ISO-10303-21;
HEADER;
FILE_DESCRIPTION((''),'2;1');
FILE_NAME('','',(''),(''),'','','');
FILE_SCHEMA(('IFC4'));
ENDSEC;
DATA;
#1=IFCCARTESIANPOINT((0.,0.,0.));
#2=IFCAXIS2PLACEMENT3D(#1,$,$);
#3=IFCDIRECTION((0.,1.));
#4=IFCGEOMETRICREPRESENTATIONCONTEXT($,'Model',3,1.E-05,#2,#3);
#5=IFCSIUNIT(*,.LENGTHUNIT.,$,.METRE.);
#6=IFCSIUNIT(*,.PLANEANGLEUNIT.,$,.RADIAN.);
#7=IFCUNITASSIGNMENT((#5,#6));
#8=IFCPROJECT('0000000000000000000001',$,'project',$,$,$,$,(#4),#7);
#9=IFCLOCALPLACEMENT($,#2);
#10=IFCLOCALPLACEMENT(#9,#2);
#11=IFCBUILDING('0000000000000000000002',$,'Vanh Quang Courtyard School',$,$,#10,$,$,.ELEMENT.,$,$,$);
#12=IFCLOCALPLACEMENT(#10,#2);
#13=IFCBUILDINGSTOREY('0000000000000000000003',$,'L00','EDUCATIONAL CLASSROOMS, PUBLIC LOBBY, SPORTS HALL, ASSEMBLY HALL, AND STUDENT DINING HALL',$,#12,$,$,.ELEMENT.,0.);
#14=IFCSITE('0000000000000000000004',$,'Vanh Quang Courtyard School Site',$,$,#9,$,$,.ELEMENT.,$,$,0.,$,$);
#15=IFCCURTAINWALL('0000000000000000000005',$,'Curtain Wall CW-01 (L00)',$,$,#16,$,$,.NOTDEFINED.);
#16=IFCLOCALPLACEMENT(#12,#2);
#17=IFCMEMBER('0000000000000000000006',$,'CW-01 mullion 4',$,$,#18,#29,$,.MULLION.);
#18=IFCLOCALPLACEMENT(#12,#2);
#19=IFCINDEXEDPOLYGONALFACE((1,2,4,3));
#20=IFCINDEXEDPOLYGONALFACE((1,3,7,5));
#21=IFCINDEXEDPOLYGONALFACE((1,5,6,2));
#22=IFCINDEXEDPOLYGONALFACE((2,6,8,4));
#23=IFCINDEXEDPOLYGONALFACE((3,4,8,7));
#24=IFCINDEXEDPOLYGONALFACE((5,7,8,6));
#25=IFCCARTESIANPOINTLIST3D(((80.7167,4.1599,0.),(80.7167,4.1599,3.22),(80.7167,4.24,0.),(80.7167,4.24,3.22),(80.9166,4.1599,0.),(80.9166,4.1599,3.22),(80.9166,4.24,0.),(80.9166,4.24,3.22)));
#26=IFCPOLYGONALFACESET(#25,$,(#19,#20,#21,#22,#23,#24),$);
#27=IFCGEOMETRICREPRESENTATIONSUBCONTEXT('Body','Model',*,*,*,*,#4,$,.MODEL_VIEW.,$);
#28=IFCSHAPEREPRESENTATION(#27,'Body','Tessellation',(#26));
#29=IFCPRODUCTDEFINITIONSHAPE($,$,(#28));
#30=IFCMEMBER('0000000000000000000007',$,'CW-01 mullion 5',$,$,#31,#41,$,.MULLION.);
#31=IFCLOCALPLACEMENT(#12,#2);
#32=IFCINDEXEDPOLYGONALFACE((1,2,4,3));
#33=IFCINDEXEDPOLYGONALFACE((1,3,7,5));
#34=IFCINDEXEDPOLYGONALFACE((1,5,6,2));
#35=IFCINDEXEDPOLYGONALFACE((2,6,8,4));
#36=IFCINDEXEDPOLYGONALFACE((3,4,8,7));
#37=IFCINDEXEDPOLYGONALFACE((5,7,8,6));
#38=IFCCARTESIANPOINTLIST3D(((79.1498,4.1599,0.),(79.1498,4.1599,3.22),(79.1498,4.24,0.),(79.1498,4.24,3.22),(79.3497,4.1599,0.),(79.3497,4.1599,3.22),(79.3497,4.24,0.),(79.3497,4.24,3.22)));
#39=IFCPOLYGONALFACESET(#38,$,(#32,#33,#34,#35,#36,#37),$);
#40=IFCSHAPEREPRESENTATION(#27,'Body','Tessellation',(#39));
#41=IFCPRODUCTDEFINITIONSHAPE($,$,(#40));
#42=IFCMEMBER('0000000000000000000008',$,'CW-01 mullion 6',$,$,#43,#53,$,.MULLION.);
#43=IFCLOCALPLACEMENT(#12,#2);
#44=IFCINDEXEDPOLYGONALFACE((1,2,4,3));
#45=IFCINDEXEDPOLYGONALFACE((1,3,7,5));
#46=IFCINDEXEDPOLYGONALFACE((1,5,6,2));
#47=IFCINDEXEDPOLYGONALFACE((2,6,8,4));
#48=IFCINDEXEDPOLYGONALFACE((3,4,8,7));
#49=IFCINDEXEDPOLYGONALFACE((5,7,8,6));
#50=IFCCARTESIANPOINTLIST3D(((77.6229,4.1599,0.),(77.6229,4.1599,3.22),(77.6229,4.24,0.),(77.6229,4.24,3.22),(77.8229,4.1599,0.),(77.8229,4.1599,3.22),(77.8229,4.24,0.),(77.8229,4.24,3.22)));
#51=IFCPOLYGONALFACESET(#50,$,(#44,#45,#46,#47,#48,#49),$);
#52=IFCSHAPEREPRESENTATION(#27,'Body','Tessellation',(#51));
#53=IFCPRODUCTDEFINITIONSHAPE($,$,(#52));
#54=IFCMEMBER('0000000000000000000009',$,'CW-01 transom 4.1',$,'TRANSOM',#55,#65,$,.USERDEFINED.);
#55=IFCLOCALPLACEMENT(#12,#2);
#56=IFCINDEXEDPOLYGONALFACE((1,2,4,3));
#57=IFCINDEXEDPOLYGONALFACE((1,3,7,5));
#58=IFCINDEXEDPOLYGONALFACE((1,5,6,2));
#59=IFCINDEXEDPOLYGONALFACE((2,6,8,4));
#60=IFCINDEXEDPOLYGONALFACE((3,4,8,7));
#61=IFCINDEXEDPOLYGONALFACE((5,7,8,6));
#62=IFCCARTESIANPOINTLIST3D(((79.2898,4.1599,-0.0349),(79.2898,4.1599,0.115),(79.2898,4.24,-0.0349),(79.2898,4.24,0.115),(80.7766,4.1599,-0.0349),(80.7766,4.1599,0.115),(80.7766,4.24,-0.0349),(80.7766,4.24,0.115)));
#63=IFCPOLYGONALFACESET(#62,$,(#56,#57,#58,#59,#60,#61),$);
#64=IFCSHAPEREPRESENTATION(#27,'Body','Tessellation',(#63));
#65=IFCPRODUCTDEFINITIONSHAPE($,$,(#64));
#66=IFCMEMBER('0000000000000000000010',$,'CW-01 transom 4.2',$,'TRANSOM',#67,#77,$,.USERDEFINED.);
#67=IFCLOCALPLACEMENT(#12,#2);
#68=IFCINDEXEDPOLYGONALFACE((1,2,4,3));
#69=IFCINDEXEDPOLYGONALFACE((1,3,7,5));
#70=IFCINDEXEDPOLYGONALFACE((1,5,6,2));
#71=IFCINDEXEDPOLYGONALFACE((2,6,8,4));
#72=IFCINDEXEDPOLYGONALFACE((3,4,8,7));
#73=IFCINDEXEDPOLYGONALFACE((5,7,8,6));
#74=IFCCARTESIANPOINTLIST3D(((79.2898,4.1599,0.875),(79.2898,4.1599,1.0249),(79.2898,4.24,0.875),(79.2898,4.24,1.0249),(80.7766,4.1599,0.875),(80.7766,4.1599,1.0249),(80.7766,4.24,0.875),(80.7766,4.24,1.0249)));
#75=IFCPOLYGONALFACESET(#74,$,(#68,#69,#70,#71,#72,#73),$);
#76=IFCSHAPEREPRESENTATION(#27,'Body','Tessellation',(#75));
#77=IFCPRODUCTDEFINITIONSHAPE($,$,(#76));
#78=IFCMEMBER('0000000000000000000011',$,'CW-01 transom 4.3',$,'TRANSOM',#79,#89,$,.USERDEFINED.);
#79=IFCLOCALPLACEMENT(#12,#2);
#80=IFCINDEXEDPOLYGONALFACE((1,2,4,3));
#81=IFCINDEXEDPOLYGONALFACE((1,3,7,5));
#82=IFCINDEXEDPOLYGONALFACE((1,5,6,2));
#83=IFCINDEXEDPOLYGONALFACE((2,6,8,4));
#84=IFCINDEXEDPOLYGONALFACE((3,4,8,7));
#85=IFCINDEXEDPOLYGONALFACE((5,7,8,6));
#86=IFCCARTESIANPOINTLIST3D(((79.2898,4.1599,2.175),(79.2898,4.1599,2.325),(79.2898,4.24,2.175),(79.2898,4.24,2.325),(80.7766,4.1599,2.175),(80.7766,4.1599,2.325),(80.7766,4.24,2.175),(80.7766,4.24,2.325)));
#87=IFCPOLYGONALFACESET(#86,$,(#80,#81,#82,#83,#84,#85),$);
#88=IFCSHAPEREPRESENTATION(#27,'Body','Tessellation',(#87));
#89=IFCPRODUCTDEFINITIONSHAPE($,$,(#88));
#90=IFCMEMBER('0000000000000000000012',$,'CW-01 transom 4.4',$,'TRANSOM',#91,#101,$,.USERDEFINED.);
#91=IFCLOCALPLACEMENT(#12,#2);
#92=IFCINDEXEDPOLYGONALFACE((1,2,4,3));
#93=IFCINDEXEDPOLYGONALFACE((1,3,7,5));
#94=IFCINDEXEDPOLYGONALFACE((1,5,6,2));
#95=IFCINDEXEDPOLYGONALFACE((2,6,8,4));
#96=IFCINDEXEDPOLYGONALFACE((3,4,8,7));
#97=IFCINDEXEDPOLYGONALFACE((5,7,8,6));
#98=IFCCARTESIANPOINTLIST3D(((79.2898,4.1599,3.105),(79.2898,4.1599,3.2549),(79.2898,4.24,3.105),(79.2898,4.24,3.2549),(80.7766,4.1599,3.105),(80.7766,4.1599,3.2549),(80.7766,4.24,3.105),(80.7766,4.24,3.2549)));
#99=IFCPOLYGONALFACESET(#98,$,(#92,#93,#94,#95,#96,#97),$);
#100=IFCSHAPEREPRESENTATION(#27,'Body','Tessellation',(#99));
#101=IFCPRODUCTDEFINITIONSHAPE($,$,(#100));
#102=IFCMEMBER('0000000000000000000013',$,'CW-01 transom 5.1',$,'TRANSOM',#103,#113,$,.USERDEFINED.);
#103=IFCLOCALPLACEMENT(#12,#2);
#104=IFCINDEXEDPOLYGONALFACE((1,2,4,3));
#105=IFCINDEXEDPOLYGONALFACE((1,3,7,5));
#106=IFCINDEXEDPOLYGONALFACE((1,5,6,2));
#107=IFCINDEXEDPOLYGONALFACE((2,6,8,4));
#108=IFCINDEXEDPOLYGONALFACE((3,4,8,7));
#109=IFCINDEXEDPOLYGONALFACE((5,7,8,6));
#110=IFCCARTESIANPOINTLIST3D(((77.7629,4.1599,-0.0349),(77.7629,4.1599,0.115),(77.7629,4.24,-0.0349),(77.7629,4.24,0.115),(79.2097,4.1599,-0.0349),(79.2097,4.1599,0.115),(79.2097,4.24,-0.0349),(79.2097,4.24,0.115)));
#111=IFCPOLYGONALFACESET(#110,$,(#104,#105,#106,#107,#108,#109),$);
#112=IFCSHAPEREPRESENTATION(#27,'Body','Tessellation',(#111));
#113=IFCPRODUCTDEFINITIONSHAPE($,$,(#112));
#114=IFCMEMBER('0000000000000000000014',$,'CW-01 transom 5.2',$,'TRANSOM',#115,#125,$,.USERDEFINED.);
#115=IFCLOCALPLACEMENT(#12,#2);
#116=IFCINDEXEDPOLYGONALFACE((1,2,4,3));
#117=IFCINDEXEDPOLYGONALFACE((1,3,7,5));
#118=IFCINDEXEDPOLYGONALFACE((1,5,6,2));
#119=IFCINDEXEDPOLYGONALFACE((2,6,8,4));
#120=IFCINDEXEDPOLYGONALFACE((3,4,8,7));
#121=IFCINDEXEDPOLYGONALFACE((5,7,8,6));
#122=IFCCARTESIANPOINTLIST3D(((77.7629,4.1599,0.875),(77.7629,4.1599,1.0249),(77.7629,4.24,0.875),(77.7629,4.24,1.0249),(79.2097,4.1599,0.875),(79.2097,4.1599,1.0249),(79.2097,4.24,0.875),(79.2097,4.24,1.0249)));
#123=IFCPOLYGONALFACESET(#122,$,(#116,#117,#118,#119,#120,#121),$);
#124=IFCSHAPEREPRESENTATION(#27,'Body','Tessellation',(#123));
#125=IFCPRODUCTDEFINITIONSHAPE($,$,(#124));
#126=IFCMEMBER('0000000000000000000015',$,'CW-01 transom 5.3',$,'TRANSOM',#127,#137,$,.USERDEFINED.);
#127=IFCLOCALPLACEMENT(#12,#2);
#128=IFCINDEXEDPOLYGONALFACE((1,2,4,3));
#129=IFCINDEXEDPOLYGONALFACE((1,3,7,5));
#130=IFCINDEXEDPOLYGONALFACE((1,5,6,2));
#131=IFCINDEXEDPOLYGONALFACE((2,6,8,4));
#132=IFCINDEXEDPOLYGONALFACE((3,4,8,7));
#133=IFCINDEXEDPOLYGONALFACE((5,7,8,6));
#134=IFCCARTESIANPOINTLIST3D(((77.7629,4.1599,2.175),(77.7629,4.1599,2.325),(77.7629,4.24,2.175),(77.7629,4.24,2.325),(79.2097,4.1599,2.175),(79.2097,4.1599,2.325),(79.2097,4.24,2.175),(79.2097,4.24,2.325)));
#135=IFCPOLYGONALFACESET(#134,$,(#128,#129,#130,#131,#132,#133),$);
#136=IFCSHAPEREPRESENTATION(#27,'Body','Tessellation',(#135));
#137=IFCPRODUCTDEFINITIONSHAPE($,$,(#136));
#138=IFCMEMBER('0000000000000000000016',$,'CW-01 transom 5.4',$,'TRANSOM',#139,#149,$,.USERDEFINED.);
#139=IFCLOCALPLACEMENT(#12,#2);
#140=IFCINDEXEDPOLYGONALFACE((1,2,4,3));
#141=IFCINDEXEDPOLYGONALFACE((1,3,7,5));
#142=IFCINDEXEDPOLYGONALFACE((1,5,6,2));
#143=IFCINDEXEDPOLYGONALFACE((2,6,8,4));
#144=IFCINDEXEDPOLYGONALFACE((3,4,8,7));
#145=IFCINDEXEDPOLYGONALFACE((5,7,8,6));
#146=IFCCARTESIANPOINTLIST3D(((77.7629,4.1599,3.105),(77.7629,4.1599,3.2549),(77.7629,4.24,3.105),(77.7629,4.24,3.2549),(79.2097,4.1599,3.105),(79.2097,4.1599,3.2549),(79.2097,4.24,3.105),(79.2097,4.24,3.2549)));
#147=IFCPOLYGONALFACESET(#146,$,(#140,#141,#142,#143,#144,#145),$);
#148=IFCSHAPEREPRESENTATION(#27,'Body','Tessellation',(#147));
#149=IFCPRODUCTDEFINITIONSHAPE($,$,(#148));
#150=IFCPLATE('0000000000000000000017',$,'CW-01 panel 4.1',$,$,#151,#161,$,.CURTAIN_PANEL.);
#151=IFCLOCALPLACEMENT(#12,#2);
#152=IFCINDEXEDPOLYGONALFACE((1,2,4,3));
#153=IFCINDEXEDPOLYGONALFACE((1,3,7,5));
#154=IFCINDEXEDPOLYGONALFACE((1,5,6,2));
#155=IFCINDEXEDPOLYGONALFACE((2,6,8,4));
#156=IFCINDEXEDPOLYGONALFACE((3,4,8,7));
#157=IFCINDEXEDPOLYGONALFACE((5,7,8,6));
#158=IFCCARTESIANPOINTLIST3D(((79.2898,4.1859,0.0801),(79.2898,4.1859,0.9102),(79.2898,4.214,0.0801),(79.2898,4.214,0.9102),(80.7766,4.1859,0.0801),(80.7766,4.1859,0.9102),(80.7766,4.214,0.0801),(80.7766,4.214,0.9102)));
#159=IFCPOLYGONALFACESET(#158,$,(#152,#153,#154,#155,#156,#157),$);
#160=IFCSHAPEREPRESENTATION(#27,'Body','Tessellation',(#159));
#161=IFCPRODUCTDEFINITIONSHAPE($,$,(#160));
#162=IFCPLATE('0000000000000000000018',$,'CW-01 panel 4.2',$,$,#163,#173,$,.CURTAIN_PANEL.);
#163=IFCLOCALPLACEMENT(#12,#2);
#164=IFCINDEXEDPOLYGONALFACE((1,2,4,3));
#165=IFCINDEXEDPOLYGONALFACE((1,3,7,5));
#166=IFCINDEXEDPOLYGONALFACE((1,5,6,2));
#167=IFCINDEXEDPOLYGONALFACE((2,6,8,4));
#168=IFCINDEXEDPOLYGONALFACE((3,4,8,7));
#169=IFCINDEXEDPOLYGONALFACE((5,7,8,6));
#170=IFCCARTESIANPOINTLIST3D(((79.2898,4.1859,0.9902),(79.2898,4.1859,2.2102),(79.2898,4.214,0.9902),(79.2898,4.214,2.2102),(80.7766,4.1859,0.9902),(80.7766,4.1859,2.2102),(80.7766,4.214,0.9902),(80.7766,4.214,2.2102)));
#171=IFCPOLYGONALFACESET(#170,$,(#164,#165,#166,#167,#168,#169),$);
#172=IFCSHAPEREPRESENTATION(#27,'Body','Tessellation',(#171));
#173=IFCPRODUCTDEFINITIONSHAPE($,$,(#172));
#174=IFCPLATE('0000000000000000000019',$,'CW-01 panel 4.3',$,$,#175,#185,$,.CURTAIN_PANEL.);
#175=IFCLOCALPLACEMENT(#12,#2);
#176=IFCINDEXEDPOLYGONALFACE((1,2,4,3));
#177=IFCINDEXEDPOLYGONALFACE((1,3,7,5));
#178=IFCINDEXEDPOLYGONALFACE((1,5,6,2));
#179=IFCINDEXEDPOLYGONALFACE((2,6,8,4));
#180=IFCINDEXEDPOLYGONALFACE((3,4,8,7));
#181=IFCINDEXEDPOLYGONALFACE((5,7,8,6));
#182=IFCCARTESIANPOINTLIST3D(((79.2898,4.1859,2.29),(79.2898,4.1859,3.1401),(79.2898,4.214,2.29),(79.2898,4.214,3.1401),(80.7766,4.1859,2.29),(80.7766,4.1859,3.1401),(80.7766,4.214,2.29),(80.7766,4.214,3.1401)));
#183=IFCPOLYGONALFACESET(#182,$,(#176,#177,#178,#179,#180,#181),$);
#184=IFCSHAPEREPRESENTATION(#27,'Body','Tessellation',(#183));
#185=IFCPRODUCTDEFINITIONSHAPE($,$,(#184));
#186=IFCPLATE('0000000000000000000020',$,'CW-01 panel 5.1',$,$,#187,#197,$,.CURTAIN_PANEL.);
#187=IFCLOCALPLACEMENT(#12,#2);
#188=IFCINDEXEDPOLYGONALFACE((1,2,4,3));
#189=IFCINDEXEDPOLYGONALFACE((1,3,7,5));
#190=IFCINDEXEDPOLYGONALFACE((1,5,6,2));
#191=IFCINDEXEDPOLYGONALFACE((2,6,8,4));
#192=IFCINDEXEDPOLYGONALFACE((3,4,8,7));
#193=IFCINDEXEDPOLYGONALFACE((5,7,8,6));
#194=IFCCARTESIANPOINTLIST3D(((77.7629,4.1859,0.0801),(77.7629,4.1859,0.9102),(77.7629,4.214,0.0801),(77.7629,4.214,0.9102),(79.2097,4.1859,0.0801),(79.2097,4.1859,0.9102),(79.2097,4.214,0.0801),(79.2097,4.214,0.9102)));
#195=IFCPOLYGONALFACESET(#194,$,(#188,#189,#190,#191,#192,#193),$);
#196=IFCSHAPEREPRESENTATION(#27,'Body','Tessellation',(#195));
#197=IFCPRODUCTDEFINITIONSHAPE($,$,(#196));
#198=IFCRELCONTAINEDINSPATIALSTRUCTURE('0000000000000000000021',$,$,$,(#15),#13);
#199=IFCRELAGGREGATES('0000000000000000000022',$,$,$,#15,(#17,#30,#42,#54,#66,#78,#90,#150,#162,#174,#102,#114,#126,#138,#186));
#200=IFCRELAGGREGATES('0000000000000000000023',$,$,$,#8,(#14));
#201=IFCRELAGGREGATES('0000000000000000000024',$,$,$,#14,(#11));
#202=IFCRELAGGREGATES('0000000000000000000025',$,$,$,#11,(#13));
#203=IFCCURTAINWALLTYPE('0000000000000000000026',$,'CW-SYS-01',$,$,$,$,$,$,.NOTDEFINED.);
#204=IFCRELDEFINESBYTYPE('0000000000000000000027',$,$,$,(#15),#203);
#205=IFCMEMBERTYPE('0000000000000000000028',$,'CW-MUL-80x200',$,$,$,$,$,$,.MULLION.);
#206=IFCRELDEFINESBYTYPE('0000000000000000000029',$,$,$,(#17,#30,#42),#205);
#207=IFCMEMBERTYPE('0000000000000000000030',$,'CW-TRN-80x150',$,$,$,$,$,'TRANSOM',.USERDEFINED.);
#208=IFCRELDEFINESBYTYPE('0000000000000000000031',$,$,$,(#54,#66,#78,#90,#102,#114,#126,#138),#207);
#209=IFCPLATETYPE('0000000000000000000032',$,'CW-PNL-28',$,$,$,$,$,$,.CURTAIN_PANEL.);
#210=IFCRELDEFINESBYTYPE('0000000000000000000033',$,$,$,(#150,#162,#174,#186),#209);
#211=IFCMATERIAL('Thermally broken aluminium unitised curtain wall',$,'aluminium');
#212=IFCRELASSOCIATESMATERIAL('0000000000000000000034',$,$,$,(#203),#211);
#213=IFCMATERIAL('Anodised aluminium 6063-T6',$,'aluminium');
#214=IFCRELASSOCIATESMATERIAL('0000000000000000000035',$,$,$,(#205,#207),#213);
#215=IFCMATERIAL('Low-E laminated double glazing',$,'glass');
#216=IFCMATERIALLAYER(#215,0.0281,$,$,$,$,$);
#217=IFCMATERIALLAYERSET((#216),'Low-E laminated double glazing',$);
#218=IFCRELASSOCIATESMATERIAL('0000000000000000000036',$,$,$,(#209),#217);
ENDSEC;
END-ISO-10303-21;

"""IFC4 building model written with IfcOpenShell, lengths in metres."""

from ifc_helpers import new_model, si_unit, direction, frame, origin, origin_2d, place, context, subcontext, project, spatial, rectangle, extrude, material, layer, layer_set, material_profile, profile_set, type_object, element, aggregate, save


model = new_model("IFC4")

# Units and contexts
model_context = context("Model", 3, precision=1e-05, world=origin(), true_north=direction((0.0, 1.0)))
body_context = subcontext(model_context, "Body", "Model", "MODEL_VIEW")
ifc_project = project(units=[si_unit("LENGTHUNIT", "METRE"), si_unit("PLANEANGLEUNIT", "RADIAN")], contexts=[model_context])

# Site, building, storey
site_placement = place(None, origin())
site = spatial("IfcSite", under=ifc_project, at=site_placement, Name="Vanh Quang Courtyard School Site", CompositionType="ELEMENT", RefElevation=0.0)
building_placement = place(site_placement, origin())
building = spatial("IfcBuilding", under=site, at=building_placement, Name="Vanh Quang Courtyard School", CompositionType="ELEMENT")
storey_placement = place(building_placement, origin())
storey = spatial("IfcBuildingStorey", under=building, at=storey_placement, Name="L00", Description="EDUCATIONAL CLASSROOMS, PUBLIC LOBBY, SPORTS HALL, ASSEMBLY HALL, AND STUDENT DINING HALL", CompositionType="ELEMENT", Elevation=0.0)

# Curtain wall, members, plates
ifc_material_1 = material(Name="Thermally broken aluminium unitised curtain wall", Category="aluminium")
curtain_wall_type = type_object("IfcCurtainWallType", Name="CW-SYS-01", PredefinedType="NOTDEFINED", material=ifc_material_1)
curtain_wall_placement = place(storey_placement, origin())
curtain_wall = element("IfcCurtainWall", 1, at=curtain_wall_placement, inside=storey, type_object=curtain_wall_type, Name="Curtain Wall CW-01 (L00)", PredefinedType="NOTDEFINED")
ifc_material_2 = material(Name="Anodised aluminium 6063-T6", Category="aluminium")
ifc_material_profile_1 = material_profile(ifc_material_2, rectangle(XDim=0.0801, YDim=0.2, at=origin_2d()), Name="ALU-MUL 80x200")
ifc_profile_set_1 = profile_set([ifc_material_profile_1], Name="Anodised aluminium 6063-T6")
member_type_1 = type_object("IfcMemberType", Name="CW-MUL-80x200", PredefinedType="MULLION", material=ifc_profile_set_1)
member_1_placement = place(storey_placement, frame((80.8167, 4.2, 0.0), z_axis=(0.0, 0.0, 1.0), x_axis=(0.0, -1.0, 0.0)))
member_1 = element("IfcMember", 2, at=member_1_placement, type_object=member_type_1, Name="CW-01 mullion 4", PredefinedType="MULLION", context=body_context, shape_type="SweptSolid", body=[
    extrude(rectangle(XDim=0.0801, YDim=0.2, at=origin_2d()), origin(), (0.0, 0.0, 1.0), 3.22),
])
member_2_placement = place(storey_placement, frame((79.2498, 4.2, 0.0), z_axis=(0.0, 0.0, 1.0), x_axis=(0.0, -1.0, 0.0)))
member_2 = element("IfcMember", 3, at=member_2_placement, type_object=member_type_1, Name="CW-01 mullion 5", PredefinedType="MULLION", context=body_context, shape_type="SweptSolid", body=[
    extrude(rectangle(XDim=0.0801, YDim=0.2, at=origin_2d()), origin(), (0.0, 0.0, 1.0), 3.22),
])
member_3_placement = place(storey_placement, frame((77.7229, 4.2, 0.0), z_axis=(0.0, 0.0, 1.0), x_axis=(0.0, -1.0, 0.0)))
member_3 = element("IfcMember", 4, at=member_3_placement, type_object=member_type_1, Name="CW-01 mullion 6", PredefinedType="MULLION", context=body_context, shape_type="SweptSolid", body=[
    extrude(rectangle(XDim=0.0801, YDim=0.2, at=origin_2d()), origin(), (0.0, 0.0, 1.0), 3.22),
])
ifc_material_profile_2 = material_profile(ifc_material_2, rectangle(XDim=0.0801, YDim=0.1499, at=origin_2d()), Name="ALU-TRN 80x150")
ifc_profile_set_2 = profile_set([ifc_material_profile_2], Name="Anodised aluminium 6063-T6")
member_type_2 = type_object("IfcMemberType", Name="CW-TRN-80x150", ElementType="TRANSOM", PredefinedType="USERDEFINED", material=ifc_profile_set_2)
member_4_placement = place(storey_placement, frame((80.7766, 4.2, 0.04), z_axis=(-1.0, 0.0, 0.0), x_axis=(0.0, -1.0, 0.0)))
member_4 = element("IfcMember", 5, at=member_4_placement, type_object=member_type_2, Name="CW-01 transom 4.1", ObjectType="TRANSOM", PredefinedType="USERDEFINED", context=body_context, shape_type="SweptSolid", body=[
    extrude(rectangle(XDim=0.0801, YDim=0.1499, at=origin_2d()), origin(), (0.0, 0.0, 1.0), 1.4868),
])
member_5_placement = place(storey_placement, frame((80.7766, 4.2, 0.95), z_axis=(-1.0, 0.0, 0.0), x_axis=(0.0, -1.0, 0.0)))
member_5 = element("IfcMember", 6, at=member_5_placement, type_object=member_type_2, Name="CW-01 transom 4.2", ObjectType="TRANSOM", PredefinedType="USERDEFINED", context=body_context, shape_type="SweptSolid", body=[
    extrude(rectangle(XDim=0.0801, YDim=0.1499, at=origin_2d()), origin(), (0.0, 0.0, 1.0), 1.4868),
])
member_6_placement = place(storey_placement, frame((80.7766, 4.2, 2.25), z_axis=(-1.0, 0.0, 0.0), x_axis=(0.0, -1.0, 0.0)))
member_6 = element("IfcMember", 7, at=member_6_placement, type_object=member_type_2, Name="CW-01 transom 4.3", ObjectType="TRANSOM", PredefinedType="USERDEFINED", context=body_context, shape_type="SweptSolid", body=[
    extrude(rectangle(XDim=0.0801, YDim=0.1499, at=origin_2d()), origin(), (0.0, 0.0, 1.0), 1.4868),
])
member_7_placement = place(storey_placement, frame((80.7766, 4.2, 3.1799), z_axis=(-1.0, 0.0, 0.0), x_axis=(0.0, -1.0, 0.0)))
member_7 = element("IfcMember", 8, at=member_7_placement, type_object=member_type_2, Name="CW-01 transom 4.4", ObjectType="TRANSOM", PredefinedType="USERDEFINED", context=body_context, shape_type="SweptSolid", body=[
    extrude(rectangle(XDim=0.0801, YDim=0.1499, at=origin_2d()), origin(), (0.0, 0.0, 1.0), 1.4868),
])
member_8_placement = place(storey_placement, frame((79.2097, 4.2, 0.04), z_axis=(-1.0, 0.0, 0.0), x_axis=(0.0, -1.0, 0.0)))
member_8 = element("IfcMember", 9, at=member_8_placement, type_object=member_type_2, Name="CW-01 transom 5.1", ObjectType="TRANSOM", PredefinedType="USERDEFINED", context=body_context, shape_type="SweptSolid", body=[
    extrude(rectangle(XDim=0.0801, YDim=0.1499, at=origin_2d()), origin(), (0.0, 0.0, 1.0), 1.4468),
])
member_9_placement = place(storey_placement, frame((79.2097, 4.2, 0.95), z_axis=(-1.0, 0.0, 0.0), x_axis=(0.0, -1.0, 0.0)))
member_9 = element("IfcMember", 10, at=member_9_placement, type_object=member_type_2, Name="CW-01 transom 5.2", ObjectType="TRANSOM", PredefinedType="USERDEFINED", context=body_context, shape_type="SweptSolid", body=[
    extrude(rectangle(XDim=0.0801, YDim=0.1499, at=origin_2d()), origin(), (0.0, 0.0, 1.0), 1.4468),
])
member_10_placement = place(storey_placement, frame((79.2097, 4.2, 2.25), z_axis=(-1.0, 0.0, 0.0), x_axis=(0.0, -1.0, 0.0)))
member_10 = element("IfcMember", 11, at=member_10_placement, type_object=member_type_2, Name="CW-01 transom 5.3", ObjectType="TRANSOM", PredefinedType="USERDEFINED", context=body_context, shape_type="SweptSolid", body=[
    extrude(rectangle(XDim=0.0801, YDim=0.1499, at=origin_2d()), origin(), (0.0, 0.0, 1.0), 1.4468),
])
member_11_placement = place(storey_placement, frame((79.2097, 4.2, 3.1799), z_axis=(-1.0, 0.0, 0.0), x_axis=(0.0, -1.0, 0.0)))
member_11 = element("IfcMember", 12, at=member_11_placement, type_object=member_type_2, Name="CW-01 transom 5.4", ObjectType="TRANSOM", PredefinedType="USERDEFINED", context=body_context, shape_type="SweptSolid", body=[
    extrude(rectangle(XDim=0.0801, YDim=0.1499, at=origin_2d()), origin(), (0.0, 0.0, 1.0), 1.4468),
])
ifc_material_3 = material(Name="Low-E laminated double glazing", Category="glass")
ifc_layer_1 = layer(ifc_material_3, 0.0281)
ifc_layer_set_1 = layer_set([ifc_layer_1], Name="Low-E laminated double glazing")
plate_type = type_object("IfcPlateType", Name="CW-PNL-28", PredefinedType="CURTAIN_PANEL", material=ifc_layer_set_1)
plate_1_placement = place(storey_placement, frame((80.0332, 4.2, 0.0801), z_axis=(0.0, 0.0, 1.0), x_axis=(-1.0, 0.0, 0.0)))
plate_1 = element("IfcPlate", 13, at=plate_1_placement, type_object=plate_type, Name="CW-01 panel 4.1", PredefinedType="CURTAIN_PANEL", context=body_context, shape_type="SweptSolid", body=[
    extrude(rectangle(XDim=1.4868, YDim=0.0281, at=origin_2d()), origin(), (0.0, 0.0, 1.0), 0.8301),
])
plate_2_placement = place(storey_placement, frame((80.0332, 4.2, 0.9902), z_axis=(0.0, 0.0, 1.0), x_axis=(-1.0, 0.0, 0.0)))
plate_2 = element("IfcPlate", 14, at=plate_2_placement, type_object=plate_type, Name="CW-01 panel 4.2", PredefinedType="CURTAIN_PANEL", context=body_context, shape_type="SweptSolid", body=[
    extrude(rectangle(XDim=1.4868, YDim=0.0281, at=origin_2d()), origin(), (0.0, 0.0, 1.0), 1.22),
])
plate_3_placement = place(storey_placement, frame((80.0332, 4.2, 2.29), z_axis=(0.0, 0.0, 1.0), x_axis=(-1.0, 0.0, 0.0)))
plate_3 = element("IfcPlate", 15, at=plate_3_placement, type_object=plate_type, Name="CW-01 panel 4.3", PredefinedType="CURTAIN_PANEL", context=body_context, shape_type="SweptSolid", body=[
    extrude(rectangle(XDim=1.4868, YDim=0.0281, at=origin_2d()), origin(), (0.0, 0.0, 1.0), 0.8501),
])
plate_4_placement = place(storey_placement, frame((78.4863, 4.2, 0.0801), z_axis=(0.0, 0.0, 1.0), x_axis=(-1.0, 0.0, 0.0)))
plate_4 = element("IfcPlate", 16, at=plate_4_placement, type_object=plate_type, Name="CW-01 panel 5.1", PredefinedType="CURTAIN_PANEL", context=body_context, shape_type="SweptSolid", body=[
    extrude(rectangle(XDim=1.4468, YDim=0.0281, at=origin_2d()), origin(), (0.0, 0.0, 1.0), 0.8301),
])
aggregate(curtain_wall, [member_1, member_2, member_3, member_4, member_5, member_6, member_7, plate_1, plate_2, plate_3, member_8, member_9, member_10, member_11, plate_4])

save(model, "model.ifc")
